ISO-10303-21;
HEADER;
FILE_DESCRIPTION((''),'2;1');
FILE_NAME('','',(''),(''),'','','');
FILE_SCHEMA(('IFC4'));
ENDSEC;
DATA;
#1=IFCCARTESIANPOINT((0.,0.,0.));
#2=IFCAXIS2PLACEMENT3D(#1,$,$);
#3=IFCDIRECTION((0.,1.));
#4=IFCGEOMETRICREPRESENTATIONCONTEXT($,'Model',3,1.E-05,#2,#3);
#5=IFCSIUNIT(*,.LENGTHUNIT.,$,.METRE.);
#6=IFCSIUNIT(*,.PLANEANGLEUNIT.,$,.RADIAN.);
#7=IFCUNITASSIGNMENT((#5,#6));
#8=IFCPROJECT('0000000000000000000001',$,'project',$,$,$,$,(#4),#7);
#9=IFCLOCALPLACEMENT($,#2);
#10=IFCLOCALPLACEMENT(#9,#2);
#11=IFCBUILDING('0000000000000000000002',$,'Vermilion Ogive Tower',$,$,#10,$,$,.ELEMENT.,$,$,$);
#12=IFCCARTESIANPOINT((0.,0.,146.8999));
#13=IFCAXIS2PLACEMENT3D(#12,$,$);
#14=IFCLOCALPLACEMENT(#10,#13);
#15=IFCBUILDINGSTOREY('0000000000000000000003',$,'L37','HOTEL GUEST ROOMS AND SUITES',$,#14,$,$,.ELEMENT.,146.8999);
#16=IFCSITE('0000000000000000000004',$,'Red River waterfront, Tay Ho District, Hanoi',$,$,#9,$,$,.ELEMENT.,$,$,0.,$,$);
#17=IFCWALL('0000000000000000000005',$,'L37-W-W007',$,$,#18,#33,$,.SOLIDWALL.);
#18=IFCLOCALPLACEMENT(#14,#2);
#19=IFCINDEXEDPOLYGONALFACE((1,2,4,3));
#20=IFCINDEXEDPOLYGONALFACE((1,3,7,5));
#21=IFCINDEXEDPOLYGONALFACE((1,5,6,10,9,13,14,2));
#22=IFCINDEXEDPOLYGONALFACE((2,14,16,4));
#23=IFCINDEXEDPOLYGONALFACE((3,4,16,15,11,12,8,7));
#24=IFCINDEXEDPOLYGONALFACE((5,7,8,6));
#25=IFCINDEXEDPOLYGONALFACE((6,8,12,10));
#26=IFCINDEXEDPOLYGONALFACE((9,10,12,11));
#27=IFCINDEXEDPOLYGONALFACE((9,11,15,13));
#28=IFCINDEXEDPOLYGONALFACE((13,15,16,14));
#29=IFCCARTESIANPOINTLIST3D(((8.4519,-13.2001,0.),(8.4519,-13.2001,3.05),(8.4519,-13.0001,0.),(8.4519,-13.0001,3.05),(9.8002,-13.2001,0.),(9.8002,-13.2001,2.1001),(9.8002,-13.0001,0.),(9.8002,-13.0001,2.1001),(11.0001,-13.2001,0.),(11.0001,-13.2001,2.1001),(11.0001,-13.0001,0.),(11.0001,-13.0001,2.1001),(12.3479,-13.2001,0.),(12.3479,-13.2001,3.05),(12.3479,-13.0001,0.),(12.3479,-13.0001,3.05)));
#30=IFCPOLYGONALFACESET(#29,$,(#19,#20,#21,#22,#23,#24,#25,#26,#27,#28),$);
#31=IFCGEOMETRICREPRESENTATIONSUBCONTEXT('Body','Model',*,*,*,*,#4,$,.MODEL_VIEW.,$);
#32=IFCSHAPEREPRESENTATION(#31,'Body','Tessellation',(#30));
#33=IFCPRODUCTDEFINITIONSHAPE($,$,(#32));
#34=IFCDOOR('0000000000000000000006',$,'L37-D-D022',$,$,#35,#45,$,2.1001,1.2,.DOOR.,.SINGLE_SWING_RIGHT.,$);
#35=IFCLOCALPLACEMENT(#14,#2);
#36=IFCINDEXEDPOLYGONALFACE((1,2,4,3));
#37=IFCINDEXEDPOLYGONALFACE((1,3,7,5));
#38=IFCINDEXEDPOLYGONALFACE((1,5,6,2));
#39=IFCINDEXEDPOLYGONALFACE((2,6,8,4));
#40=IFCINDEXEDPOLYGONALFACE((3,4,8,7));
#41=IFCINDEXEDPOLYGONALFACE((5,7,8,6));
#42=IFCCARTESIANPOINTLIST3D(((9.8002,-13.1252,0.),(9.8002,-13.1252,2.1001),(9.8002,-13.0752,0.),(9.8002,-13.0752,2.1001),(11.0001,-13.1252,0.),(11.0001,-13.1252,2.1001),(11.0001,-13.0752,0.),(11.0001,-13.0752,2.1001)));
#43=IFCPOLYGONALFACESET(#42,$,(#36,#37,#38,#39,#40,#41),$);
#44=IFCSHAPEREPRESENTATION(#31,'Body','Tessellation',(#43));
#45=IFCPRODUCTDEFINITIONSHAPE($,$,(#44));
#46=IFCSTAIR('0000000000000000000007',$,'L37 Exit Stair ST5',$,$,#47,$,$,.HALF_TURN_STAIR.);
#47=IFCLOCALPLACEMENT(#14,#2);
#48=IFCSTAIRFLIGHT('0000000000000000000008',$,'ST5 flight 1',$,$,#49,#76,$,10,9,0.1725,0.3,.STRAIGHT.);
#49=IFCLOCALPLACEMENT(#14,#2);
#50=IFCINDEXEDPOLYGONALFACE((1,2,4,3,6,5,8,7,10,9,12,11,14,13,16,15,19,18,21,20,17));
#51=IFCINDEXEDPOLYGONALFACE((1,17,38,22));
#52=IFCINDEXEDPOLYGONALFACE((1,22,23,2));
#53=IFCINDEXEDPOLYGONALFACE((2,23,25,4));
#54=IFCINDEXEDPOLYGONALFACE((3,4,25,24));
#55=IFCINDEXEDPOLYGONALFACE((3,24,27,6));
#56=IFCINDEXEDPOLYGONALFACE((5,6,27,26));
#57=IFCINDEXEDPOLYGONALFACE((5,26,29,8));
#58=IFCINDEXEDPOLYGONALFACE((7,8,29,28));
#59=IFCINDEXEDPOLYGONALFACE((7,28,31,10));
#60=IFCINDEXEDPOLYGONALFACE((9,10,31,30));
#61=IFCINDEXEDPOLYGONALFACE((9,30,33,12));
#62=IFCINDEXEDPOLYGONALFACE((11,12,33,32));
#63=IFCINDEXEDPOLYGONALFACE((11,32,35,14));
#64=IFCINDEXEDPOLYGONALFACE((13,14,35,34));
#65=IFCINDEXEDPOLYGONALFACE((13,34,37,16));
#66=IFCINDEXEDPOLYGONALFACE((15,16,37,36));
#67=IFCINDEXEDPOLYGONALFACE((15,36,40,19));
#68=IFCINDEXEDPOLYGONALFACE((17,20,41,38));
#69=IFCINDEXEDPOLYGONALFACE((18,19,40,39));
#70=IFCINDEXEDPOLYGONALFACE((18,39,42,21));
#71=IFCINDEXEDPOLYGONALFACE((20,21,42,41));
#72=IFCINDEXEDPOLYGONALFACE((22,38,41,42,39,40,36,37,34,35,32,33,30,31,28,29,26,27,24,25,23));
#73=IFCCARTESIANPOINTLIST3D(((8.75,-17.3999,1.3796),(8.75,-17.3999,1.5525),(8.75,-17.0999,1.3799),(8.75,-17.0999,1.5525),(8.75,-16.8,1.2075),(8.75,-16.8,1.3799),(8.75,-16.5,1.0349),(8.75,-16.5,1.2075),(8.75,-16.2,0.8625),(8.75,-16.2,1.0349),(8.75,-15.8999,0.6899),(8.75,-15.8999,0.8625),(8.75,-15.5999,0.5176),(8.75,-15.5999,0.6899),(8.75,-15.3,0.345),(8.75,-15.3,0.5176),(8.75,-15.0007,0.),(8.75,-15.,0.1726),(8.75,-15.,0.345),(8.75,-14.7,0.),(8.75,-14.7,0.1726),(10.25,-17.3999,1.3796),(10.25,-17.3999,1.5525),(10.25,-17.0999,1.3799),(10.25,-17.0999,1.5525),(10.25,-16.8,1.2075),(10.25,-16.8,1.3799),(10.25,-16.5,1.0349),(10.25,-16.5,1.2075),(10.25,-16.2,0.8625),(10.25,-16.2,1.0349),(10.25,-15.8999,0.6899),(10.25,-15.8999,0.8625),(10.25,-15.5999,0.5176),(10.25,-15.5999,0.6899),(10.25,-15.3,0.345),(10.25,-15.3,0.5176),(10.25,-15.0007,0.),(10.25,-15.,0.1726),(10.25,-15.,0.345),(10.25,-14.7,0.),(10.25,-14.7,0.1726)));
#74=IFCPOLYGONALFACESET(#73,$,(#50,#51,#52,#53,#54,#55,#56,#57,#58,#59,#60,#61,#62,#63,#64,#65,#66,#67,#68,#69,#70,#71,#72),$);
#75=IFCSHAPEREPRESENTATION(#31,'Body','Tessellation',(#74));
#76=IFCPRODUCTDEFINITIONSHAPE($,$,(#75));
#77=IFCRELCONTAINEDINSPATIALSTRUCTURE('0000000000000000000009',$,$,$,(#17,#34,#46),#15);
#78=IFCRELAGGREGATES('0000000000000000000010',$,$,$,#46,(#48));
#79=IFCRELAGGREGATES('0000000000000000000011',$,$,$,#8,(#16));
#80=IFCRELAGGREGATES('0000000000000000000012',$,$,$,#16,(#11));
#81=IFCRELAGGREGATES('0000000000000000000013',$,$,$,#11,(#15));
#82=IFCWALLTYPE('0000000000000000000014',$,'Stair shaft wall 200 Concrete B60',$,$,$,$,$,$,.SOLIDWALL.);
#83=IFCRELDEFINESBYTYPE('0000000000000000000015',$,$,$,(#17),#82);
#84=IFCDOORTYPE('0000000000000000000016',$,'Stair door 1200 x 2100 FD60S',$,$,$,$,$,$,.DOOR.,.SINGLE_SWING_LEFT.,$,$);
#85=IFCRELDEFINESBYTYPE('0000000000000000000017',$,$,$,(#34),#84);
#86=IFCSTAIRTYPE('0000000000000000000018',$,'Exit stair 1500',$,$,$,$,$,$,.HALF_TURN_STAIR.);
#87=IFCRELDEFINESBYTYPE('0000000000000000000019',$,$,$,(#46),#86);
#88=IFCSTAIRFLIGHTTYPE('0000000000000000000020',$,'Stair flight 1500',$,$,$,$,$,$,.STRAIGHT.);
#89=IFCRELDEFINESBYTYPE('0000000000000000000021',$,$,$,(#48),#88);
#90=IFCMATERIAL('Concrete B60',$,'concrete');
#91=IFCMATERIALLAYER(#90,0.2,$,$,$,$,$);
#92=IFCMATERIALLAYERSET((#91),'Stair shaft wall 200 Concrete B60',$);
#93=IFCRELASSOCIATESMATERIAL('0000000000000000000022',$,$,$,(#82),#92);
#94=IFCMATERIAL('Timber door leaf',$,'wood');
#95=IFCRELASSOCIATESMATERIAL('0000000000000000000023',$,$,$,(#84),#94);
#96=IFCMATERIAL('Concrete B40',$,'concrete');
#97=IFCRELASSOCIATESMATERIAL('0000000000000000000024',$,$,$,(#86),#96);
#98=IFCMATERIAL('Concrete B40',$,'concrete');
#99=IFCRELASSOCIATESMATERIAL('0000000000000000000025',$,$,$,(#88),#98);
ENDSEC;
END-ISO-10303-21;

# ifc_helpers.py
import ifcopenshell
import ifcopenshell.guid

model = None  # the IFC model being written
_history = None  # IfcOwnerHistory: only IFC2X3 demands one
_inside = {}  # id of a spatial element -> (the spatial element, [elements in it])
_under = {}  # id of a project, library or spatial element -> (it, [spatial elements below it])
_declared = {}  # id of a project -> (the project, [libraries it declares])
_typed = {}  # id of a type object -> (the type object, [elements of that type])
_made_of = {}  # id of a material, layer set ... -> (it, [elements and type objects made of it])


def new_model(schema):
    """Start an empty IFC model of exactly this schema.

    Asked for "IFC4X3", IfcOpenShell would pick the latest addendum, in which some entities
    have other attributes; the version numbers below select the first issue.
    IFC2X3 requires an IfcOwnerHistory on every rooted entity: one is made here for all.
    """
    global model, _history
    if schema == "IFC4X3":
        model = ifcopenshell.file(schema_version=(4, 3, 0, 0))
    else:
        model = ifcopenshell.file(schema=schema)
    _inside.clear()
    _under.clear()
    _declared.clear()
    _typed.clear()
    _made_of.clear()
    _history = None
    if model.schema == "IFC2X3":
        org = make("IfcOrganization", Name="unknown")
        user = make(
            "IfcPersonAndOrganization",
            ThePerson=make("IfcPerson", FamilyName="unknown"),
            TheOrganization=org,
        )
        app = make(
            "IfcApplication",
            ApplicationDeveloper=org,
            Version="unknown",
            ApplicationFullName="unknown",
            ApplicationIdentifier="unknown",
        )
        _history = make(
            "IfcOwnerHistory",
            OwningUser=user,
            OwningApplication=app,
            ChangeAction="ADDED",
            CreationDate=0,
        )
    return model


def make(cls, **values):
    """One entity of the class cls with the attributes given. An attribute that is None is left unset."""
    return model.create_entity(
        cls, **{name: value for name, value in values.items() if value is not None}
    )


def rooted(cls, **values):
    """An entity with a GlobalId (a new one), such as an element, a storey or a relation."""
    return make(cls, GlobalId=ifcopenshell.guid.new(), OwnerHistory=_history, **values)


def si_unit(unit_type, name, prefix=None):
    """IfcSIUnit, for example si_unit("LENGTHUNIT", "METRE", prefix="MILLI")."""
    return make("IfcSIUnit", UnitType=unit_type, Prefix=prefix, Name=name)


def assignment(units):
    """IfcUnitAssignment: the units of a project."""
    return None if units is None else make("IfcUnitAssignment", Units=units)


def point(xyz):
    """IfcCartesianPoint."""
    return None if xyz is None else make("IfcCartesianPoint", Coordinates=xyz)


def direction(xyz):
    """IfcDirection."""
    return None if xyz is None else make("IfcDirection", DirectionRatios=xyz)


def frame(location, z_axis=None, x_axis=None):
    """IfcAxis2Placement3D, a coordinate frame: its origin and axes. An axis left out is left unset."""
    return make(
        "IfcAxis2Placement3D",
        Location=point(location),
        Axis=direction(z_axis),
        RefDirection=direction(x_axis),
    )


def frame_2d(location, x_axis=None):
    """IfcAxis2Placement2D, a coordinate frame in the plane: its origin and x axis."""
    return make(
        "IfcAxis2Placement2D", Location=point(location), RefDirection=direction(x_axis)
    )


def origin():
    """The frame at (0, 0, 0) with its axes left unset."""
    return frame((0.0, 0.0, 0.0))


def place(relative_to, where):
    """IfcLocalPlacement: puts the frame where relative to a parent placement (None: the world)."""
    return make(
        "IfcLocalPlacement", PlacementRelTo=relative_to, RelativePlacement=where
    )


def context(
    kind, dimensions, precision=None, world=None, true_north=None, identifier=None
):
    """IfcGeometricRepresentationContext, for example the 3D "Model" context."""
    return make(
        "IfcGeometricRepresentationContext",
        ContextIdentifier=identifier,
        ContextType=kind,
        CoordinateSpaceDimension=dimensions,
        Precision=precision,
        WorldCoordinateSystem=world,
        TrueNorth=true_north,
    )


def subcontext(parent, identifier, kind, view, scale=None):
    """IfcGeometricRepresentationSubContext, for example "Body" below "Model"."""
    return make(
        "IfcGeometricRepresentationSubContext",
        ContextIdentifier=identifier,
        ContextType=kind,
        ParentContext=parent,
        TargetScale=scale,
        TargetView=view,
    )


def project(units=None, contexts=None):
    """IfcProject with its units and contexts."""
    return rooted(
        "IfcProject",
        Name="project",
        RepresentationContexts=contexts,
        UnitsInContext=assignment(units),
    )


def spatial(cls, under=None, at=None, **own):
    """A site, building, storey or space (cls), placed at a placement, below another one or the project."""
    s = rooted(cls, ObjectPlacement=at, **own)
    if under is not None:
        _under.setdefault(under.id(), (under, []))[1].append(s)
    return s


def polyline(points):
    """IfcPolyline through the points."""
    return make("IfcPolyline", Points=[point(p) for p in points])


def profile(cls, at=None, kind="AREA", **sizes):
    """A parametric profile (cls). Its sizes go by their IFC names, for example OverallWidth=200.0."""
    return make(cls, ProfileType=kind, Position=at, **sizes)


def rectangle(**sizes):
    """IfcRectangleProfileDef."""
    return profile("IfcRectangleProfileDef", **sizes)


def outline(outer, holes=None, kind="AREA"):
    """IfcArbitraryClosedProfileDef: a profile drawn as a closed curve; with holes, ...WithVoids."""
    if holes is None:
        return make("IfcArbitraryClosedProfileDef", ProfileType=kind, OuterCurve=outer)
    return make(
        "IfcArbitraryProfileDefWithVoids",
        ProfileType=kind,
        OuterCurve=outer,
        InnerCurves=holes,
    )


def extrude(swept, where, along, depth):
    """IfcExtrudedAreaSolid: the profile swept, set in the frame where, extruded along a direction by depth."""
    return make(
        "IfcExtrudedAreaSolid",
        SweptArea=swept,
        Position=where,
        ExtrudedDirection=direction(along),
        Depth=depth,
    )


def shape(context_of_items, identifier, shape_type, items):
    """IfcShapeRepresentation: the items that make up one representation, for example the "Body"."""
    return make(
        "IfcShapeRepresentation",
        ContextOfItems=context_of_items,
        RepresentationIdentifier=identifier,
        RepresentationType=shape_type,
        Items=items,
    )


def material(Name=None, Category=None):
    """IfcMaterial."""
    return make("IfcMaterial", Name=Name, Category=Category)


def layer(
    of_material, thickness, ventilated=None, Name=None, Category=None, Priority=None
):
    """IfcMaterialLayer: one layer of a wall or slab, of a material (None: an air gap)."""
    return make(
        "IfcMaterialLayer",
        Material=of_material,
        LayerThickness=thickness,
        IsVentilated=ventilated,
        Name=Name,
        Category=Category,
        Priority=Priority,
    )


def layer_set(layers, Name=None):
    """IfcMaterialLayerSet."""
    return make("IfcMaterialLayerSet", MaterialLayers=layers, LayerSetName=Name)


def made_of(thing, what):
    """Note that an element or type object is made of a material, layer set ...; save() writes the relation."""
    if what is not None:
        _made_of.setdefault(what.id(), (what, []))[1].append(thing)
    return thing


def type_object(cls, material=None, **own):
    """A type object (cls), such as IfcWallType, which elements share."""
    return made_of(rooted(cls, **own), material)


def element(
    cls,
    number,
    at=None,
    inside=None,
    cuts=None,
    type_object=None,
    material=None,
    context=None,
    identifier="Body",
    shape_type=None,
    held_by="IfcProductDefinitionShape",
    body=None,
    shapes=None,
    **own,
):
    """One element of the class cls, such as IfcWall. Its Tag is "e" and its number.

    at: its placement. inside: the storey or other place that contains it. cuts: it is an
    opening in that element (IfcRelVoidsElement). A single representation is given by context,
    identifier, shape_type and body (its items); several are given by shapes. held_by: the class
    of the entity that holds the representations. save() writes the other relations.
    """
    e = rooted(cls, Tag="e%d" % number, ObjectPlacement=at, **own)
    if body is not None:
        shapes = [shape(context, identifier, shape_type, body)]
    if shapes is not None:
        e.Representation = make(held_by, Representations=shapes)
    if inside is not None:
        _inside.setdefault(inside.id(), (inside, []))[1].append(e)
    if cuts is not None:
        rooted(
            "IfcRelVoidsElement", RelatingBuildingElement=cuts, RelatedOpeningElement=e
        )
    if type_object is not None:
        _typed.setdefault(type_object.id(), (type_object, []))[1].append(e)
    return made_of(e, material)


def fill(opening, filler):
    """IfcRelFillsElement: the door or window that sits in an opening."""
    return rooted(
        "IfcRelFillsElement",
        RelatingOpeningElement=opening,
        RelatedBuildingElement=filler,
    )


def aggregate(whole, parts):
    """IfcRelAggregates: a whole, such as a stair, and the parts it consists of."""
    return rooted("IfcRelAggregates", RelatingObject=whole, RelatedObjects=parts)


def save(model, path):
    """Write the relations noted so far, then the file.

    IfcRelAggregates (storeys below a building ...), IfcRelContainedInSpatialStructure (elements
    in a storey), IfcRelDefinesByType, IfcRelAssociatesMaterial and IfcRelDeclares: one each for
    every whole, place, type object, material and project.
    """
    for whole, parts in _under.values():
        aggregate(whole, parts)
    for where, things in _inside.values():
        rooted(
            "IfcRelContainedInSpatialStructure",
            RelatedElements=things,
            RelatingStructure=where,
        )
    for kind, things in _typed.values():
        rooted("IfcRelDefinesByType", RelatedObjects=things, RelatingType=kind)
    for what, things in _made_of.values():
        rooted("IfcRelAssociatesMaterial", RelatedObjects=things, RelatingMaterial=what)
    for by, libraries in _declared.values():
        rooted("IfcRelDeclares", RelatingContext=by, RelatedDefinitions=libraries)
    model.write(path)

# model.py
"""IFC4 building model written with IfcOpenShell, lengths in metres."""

from ifc_helpers import new_model, si_unit, direction, frame, frame_2d, origin, place, context, subcontext, project, spatial, polyline, rectangle, outline, extrude, material, layer, layer_set, type_object, element, fill, aggregate, save


model = new_model("IFC4")

# Units and contexts
model_context = context("Model", 3, precision=1e-05, world=origin(), true_north=direction((0.0, 1.0)))
body_context = subcontext(model_context, "Body", "Model", "MODEL_VIEW")
ifc_project = project(units=[si_unit("LENGTHUNIT", "METRE"), si_unit("PLANEANGLEUNIT", "RADIAN")], contexts=[model_context])

# Site, building, storey
site_placement = place(None, origin())
site = spatial("IfcSite", under=ifc_project, at=site_placement, Name="Red River waterfront, Tay Ho District, Hanoi", CompositionType="ELEMENT", RefElevation=0.0)
building_placement = place(site_placement, origin())
building = spatial("IfcBuilding", under=site, at=building_placement, Name="Vermilion Ogive Tower", CompositionType="ELEMENT")
storey_placement = place(building_placement, frame((0.0, 0.0, 146.8999)))
storey = spatial("IfcBuildingStorey", under=building, at=storey_placement, Name="L37", Description="HOTEL GUEST ROOMS AND SUITES", CompositionType="ELEMENT", Elevation=146.8999)

# Wall, opening, door
ifc_material_1 = material(Name="Concrete B60", Category="concrete")
ifc_layer_1 = layer(ifc_material_1, 0.2)
ifc_layer_set_1 = layer_set([ifc_layer_1], Name="Stair shaft wall 200 Concrete B60")
wall_type_1 = type_object("IfcWallType", Name="Stair shaft wall 200 Concrete B60", PredefinedType="SOLIDWALL", material=ifc_layer_set_1)
wall_1_placement = place(storey_placement, frame((8.4519, -13.1001, 0.0), z_axis=(0.0, 0.0, 1.0), x_axis=(1.0, 0.0, 0.0)))
wall_1 = element("IfcWall", 1, at=wall_1_placement, inside=storey, type_object=wall_type_1, Name="L37-W-W007", PredefinedType="SOLIDWALL", context=body_context, shape_type="SweptSolid", body=[
    extrude(rectangle(XDim=3.896, YDim=0.2, at=frame_2d((1.948, 0.0))), origin(), (0.0, 0.0, 1.0), 3.05),
])
opening_1_placement = place(wall_1_placement, frame((1.3481, 0.0, 0.0)))
opening_1 = element("IfcOpeningElement", 2, at=opening_1_placement, cuts=wall_1, PredefinedType="OPENING", context=body_context, shape_type="SweptSolid", body=[
    extrude(rectangle(XDim=1.2, YDim=2.1001, at=frame_2d((0.6001, 1.05))), frame((0.0, 0.1099, 0.0), z_axis=(0.0, -1.0, 0.0), x_axis=(1.0, 0.0, 0.0)), (0.0, 0.0, 1.0), 0.22),
])
ifc_material_2 = material(Name="Timber door leaf", Category="wood")
door_type_1 = type_object("IfcDoorType", Name="Stair door 1200 x 2100 FD60S", OperationType="SINGLE_SWING_LEFT", PredefinedType="DOOR", material=ifc_material_2)
door_1_placement = place(opening_1_placement, origin())
door_1 = element("IfcDoor", 3, at=door_1_placement, inside=storey, type_object=door_type_1, Name="L37-D-D022", OperationType="SINGLE_SWING_RIGHT", OverallHeight=2.1001, OverallWidth=1.2, PredefinedType="DOOR", context=body_context, shape_type="SweptSolid", body=[
    extrude(rectangle(XDim=1.2, YDim=2.1001, at=frame_2d((0.6001, 1.05))), frame((0.0, 0.0249, 0.0), z_axis=(0.0, -1.0, 0.0), x_axis=(1.0, 0.0, 0.0)), (0.0, 0.0, 1.0), 0.05),
])
fill(opening_1, door_1)

# Stair, stair flight
ifc_material_3 = material(Name="Concrete B40", Category="concrete")
stair_type = type_object("IfcStairType", Name="Exit stair 1500", PredefinedType="HALF_TURN_STAIR", material=ifc_material_3)
stair_placement = place(storey_placement, origin())
stair = element("IfcStair", 4, at=stair_placement, inside=storey, type_object=stair_type, Name="L37 Exit Stair ST5", PredefinedType="HALF_TURN_STAIR")
ifc_material_4 = material(Name="Concrete B40", Category="concrete")
stair_flight_type = type_object("IfcStairFlightType", Name="Stair flight 1500", PredefinedType="STRAIGHT", material=ifc_material_4)
stair_flight_placement = place(storey_placement, frame((9.5, -14.7, 0.0), z_axis=(0.0, 0.0, 1.0), x_axis=(0.0, -1.0, 0.0)))
stair_flight = element("IfcStairFlight", 5, at=stair_flight_placement, type_object=stair_flight_type, Name="ST5 flight 1", NumberOfRisers=10, NumberOfTreads=9, PredefinedType="STRAIGHT", RiserHeight=0.1725, TreadLength=0.3, context=body_context, shape_type="SweptSolid", body=[
    extrude(outline(polyline([(0.0, 0.0), (0.0, 0.1726), (0.3, 0.1726), (0.3, 0.345), (0.6001, 0.345), (0.6001, 0.5176), (0.8999, 0.5176), (0.8999, 0.6899), (1.2, 0.6899), (1.2, 0.8625), (1.5, 0.8625), (1.5, 1.0349), (1.8, 1.0349), (1.8, 1.2075), (2.1001, 1.2075), (2.1001, 1.3799), (2.3999, 1.3799), (2.3999, 1.5525), (2.7, 1.5525), (2.7, 1.7251), (2.7, 1.3796), (0.3008, 0.0), (0.0, 0.0)])), frame((0.0, 0.75, 0.0), z_axis=(0.0, -1.0, 0.0), x_axis=(1.0, 0.0, 0.0)), (0.0, 0.0, 1.0), 1.5),
])
aggregate(stair, [stair_flight])

save(model, "model.ifc")
